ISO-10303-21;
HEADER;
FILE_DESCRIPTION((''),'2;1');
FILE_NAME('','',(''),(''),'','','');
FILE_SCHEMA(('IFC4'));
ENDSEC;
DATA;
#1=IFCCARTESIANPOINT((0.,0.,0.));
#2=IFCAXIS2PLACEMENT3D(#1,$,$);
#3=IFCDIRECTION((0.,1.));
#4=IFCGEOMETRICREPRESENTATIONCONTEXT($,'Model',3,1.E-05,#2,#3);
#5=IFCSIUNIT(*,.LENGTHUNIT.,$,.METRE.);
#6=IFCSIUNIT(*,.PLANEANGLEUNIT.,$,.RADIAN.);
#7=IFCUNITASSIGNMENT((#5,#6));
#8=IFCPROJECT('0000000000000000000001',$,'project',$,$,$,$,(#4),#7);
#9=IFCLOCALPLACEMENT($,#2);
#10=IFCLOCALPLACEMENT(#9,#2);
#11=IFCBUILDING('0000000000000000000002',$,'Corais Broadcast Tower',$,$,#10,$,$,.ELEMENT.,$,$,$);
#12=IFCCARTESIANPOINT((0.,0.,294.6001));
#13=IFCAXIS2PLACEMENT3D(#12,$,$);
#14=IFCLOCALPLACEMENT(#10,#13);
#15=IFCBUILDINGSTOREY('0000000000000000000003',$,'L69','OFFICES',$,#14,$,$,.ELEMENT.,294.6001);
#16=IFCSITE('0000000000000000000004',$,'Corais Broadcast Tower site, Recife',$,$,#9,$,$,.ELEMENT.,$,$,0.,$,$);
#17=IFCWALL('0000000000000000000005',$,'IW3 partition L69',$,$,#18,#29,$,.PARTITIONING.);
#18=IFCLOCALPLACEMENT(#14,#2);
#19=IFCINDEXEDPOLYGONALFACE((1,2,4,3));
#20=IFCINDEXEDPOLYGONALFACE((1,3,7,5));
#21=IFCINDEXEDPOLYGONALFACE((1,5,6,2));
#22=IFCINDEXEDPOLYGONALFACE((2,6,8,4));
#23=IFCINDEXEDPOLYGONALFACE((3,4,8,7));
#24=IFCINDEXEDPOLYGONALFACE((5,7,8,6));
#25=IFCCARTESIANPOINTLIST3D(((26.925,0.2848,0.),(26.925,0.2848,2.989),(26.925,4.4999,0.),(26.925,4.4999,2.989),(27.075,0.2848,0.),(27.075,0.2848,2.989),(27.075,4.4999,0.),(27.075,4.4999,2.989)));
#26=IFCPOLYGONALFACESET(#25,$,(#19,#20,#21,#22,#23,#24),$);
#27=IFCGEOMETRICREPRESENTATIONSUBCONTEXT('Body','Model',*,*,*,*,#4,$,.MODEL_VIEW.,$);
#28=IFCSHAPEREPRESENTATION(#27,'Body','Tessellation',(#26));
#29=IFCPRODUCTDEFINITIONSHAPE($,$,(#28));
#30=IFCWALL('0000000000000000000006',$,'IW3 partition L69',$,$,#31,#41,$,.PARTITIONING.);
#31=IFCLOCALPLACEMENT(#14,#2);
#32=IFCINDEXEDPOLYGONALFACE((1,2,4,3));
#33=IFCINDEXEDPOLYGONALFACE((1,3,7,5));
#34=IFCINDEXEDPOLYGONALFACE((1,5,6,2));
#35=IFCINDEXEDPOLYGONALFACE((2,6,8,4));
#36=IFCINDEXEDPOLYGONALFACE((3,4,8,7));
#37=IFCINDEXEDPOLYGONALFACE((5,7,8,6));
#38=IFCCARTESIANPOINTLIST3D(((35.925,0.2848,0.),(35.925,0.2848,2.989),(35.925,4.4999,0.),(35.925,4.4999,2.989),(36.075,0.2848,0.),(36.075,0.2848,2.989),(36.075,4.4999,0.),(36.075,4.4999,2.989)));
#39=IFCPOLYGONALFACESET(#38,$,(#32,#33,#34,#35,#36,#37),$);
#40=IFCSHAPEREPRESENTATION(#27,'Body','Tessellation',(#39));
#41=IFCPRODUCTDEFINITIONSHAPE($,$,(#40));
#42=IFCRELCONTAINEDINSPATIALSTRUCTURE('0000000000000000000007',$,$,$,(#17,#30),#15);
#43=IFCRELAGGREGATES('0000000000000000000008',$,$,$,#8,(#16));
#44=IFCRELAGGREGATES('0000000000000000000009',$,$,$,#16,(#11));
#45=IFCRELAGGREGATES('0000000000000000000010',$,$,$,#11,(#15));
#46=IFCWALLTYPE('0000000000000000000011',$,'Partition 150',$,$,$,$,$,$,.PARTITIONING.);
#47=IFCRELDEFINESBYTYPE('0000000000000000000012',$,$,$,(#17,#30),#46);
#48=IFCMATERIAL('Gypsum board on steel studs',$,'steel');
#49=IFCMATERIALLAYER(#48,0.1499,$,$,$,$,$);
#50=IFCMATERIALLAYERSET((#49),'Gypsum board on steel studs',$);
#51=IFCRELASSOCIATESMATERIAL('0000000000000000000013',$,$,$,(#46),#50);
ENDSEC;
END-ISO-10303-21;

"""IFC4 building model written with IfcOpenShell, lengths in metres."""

from ifc_helpers import new_model, si_unit, direction, frame, frame_2d, origin, place, context, subcontext, project, spatial, rectangle, extrude, material, layer, layer_set, type_object, element, save


model = new_model("IFC4")

# Units and contexts
model_context = context("Model", 3, precision=1e-05, world=origin(), true_north=direction((0.0, 1.0)))
body_context = subcontext(model_context, "Body", "Model", "MODEL_VIEW")
ifc_project = project(units=[si_unit("LENGTHUNIT", "METRE"), si_unit("PLANEANGLEUNIT", "RADIAN")], contexts=[model_context])

# Site, building, storey
site_placement = place(None, origin())
site = spatial("IfcSite", under=ifc_project, at=site_placement, Name="Corais Broadcast Tower site, Recife", CompositionType="ELEMENT", RefElevation=0.0)
building_placement = place(site_placement, origin())
building = spatial("IfcBuilding", under=site, at=building_placement, Name="Corais Broadcast Tower", CompositionType="ELEMENT")
storey_placement = place(building_placement, frame((0.0, 0.0, 294.6001)))
storey = spatial("IfcBuildingStorey", under=building, at=storey_placement, Name="L69", Description="OFFICES", CompositionType="ELEMENT", Elevation=294.6001)

# Walls
ifc_material_1 = material(Name="Gypsum board on steel studs", Category="steel")
ifc_layer_1 = layer(ifc_material_1, 0.1499)
ifc_layer_set_1 = layer_set([ifc_layer_1], Name="Gypsum board on steel studs")
wall_type = type_object("IfcWallType", Name="Partition 150", PredefinedType="PARTITIONING", material=ifc_layer_set_1)
for number, where, z_axis, x_axis, name in (
    (1, (27.0, 0.2849, 0.0), (0.0, 0.0, 1.0), (0.0, 1.0, 0.0), "IW3 partition L69"),
    (2, (36.0, 0.2849, 0.0), (0.0, 0.0, 1.0), (0.0, 1.0, 0.0), "IW3 partition L69"),
):
    element("IfcWall", number, at=place(storey_placement, frame(where, z_axis=z_axis, x_axis=x_axis)), inside=storey, type_object=wall_type, Name=name, PredefinedType="PARTITIONING", context=body_context, shape_type="SweptSolid", body=[
        extrude(rectangle(XDim=4.2151, YDim=0.1499, at=frame_2d((2.1074, 0.0))), origin(), (0.0, 0.0, 1.0), 2.989),
    ])

save(model, "model.ifc")
